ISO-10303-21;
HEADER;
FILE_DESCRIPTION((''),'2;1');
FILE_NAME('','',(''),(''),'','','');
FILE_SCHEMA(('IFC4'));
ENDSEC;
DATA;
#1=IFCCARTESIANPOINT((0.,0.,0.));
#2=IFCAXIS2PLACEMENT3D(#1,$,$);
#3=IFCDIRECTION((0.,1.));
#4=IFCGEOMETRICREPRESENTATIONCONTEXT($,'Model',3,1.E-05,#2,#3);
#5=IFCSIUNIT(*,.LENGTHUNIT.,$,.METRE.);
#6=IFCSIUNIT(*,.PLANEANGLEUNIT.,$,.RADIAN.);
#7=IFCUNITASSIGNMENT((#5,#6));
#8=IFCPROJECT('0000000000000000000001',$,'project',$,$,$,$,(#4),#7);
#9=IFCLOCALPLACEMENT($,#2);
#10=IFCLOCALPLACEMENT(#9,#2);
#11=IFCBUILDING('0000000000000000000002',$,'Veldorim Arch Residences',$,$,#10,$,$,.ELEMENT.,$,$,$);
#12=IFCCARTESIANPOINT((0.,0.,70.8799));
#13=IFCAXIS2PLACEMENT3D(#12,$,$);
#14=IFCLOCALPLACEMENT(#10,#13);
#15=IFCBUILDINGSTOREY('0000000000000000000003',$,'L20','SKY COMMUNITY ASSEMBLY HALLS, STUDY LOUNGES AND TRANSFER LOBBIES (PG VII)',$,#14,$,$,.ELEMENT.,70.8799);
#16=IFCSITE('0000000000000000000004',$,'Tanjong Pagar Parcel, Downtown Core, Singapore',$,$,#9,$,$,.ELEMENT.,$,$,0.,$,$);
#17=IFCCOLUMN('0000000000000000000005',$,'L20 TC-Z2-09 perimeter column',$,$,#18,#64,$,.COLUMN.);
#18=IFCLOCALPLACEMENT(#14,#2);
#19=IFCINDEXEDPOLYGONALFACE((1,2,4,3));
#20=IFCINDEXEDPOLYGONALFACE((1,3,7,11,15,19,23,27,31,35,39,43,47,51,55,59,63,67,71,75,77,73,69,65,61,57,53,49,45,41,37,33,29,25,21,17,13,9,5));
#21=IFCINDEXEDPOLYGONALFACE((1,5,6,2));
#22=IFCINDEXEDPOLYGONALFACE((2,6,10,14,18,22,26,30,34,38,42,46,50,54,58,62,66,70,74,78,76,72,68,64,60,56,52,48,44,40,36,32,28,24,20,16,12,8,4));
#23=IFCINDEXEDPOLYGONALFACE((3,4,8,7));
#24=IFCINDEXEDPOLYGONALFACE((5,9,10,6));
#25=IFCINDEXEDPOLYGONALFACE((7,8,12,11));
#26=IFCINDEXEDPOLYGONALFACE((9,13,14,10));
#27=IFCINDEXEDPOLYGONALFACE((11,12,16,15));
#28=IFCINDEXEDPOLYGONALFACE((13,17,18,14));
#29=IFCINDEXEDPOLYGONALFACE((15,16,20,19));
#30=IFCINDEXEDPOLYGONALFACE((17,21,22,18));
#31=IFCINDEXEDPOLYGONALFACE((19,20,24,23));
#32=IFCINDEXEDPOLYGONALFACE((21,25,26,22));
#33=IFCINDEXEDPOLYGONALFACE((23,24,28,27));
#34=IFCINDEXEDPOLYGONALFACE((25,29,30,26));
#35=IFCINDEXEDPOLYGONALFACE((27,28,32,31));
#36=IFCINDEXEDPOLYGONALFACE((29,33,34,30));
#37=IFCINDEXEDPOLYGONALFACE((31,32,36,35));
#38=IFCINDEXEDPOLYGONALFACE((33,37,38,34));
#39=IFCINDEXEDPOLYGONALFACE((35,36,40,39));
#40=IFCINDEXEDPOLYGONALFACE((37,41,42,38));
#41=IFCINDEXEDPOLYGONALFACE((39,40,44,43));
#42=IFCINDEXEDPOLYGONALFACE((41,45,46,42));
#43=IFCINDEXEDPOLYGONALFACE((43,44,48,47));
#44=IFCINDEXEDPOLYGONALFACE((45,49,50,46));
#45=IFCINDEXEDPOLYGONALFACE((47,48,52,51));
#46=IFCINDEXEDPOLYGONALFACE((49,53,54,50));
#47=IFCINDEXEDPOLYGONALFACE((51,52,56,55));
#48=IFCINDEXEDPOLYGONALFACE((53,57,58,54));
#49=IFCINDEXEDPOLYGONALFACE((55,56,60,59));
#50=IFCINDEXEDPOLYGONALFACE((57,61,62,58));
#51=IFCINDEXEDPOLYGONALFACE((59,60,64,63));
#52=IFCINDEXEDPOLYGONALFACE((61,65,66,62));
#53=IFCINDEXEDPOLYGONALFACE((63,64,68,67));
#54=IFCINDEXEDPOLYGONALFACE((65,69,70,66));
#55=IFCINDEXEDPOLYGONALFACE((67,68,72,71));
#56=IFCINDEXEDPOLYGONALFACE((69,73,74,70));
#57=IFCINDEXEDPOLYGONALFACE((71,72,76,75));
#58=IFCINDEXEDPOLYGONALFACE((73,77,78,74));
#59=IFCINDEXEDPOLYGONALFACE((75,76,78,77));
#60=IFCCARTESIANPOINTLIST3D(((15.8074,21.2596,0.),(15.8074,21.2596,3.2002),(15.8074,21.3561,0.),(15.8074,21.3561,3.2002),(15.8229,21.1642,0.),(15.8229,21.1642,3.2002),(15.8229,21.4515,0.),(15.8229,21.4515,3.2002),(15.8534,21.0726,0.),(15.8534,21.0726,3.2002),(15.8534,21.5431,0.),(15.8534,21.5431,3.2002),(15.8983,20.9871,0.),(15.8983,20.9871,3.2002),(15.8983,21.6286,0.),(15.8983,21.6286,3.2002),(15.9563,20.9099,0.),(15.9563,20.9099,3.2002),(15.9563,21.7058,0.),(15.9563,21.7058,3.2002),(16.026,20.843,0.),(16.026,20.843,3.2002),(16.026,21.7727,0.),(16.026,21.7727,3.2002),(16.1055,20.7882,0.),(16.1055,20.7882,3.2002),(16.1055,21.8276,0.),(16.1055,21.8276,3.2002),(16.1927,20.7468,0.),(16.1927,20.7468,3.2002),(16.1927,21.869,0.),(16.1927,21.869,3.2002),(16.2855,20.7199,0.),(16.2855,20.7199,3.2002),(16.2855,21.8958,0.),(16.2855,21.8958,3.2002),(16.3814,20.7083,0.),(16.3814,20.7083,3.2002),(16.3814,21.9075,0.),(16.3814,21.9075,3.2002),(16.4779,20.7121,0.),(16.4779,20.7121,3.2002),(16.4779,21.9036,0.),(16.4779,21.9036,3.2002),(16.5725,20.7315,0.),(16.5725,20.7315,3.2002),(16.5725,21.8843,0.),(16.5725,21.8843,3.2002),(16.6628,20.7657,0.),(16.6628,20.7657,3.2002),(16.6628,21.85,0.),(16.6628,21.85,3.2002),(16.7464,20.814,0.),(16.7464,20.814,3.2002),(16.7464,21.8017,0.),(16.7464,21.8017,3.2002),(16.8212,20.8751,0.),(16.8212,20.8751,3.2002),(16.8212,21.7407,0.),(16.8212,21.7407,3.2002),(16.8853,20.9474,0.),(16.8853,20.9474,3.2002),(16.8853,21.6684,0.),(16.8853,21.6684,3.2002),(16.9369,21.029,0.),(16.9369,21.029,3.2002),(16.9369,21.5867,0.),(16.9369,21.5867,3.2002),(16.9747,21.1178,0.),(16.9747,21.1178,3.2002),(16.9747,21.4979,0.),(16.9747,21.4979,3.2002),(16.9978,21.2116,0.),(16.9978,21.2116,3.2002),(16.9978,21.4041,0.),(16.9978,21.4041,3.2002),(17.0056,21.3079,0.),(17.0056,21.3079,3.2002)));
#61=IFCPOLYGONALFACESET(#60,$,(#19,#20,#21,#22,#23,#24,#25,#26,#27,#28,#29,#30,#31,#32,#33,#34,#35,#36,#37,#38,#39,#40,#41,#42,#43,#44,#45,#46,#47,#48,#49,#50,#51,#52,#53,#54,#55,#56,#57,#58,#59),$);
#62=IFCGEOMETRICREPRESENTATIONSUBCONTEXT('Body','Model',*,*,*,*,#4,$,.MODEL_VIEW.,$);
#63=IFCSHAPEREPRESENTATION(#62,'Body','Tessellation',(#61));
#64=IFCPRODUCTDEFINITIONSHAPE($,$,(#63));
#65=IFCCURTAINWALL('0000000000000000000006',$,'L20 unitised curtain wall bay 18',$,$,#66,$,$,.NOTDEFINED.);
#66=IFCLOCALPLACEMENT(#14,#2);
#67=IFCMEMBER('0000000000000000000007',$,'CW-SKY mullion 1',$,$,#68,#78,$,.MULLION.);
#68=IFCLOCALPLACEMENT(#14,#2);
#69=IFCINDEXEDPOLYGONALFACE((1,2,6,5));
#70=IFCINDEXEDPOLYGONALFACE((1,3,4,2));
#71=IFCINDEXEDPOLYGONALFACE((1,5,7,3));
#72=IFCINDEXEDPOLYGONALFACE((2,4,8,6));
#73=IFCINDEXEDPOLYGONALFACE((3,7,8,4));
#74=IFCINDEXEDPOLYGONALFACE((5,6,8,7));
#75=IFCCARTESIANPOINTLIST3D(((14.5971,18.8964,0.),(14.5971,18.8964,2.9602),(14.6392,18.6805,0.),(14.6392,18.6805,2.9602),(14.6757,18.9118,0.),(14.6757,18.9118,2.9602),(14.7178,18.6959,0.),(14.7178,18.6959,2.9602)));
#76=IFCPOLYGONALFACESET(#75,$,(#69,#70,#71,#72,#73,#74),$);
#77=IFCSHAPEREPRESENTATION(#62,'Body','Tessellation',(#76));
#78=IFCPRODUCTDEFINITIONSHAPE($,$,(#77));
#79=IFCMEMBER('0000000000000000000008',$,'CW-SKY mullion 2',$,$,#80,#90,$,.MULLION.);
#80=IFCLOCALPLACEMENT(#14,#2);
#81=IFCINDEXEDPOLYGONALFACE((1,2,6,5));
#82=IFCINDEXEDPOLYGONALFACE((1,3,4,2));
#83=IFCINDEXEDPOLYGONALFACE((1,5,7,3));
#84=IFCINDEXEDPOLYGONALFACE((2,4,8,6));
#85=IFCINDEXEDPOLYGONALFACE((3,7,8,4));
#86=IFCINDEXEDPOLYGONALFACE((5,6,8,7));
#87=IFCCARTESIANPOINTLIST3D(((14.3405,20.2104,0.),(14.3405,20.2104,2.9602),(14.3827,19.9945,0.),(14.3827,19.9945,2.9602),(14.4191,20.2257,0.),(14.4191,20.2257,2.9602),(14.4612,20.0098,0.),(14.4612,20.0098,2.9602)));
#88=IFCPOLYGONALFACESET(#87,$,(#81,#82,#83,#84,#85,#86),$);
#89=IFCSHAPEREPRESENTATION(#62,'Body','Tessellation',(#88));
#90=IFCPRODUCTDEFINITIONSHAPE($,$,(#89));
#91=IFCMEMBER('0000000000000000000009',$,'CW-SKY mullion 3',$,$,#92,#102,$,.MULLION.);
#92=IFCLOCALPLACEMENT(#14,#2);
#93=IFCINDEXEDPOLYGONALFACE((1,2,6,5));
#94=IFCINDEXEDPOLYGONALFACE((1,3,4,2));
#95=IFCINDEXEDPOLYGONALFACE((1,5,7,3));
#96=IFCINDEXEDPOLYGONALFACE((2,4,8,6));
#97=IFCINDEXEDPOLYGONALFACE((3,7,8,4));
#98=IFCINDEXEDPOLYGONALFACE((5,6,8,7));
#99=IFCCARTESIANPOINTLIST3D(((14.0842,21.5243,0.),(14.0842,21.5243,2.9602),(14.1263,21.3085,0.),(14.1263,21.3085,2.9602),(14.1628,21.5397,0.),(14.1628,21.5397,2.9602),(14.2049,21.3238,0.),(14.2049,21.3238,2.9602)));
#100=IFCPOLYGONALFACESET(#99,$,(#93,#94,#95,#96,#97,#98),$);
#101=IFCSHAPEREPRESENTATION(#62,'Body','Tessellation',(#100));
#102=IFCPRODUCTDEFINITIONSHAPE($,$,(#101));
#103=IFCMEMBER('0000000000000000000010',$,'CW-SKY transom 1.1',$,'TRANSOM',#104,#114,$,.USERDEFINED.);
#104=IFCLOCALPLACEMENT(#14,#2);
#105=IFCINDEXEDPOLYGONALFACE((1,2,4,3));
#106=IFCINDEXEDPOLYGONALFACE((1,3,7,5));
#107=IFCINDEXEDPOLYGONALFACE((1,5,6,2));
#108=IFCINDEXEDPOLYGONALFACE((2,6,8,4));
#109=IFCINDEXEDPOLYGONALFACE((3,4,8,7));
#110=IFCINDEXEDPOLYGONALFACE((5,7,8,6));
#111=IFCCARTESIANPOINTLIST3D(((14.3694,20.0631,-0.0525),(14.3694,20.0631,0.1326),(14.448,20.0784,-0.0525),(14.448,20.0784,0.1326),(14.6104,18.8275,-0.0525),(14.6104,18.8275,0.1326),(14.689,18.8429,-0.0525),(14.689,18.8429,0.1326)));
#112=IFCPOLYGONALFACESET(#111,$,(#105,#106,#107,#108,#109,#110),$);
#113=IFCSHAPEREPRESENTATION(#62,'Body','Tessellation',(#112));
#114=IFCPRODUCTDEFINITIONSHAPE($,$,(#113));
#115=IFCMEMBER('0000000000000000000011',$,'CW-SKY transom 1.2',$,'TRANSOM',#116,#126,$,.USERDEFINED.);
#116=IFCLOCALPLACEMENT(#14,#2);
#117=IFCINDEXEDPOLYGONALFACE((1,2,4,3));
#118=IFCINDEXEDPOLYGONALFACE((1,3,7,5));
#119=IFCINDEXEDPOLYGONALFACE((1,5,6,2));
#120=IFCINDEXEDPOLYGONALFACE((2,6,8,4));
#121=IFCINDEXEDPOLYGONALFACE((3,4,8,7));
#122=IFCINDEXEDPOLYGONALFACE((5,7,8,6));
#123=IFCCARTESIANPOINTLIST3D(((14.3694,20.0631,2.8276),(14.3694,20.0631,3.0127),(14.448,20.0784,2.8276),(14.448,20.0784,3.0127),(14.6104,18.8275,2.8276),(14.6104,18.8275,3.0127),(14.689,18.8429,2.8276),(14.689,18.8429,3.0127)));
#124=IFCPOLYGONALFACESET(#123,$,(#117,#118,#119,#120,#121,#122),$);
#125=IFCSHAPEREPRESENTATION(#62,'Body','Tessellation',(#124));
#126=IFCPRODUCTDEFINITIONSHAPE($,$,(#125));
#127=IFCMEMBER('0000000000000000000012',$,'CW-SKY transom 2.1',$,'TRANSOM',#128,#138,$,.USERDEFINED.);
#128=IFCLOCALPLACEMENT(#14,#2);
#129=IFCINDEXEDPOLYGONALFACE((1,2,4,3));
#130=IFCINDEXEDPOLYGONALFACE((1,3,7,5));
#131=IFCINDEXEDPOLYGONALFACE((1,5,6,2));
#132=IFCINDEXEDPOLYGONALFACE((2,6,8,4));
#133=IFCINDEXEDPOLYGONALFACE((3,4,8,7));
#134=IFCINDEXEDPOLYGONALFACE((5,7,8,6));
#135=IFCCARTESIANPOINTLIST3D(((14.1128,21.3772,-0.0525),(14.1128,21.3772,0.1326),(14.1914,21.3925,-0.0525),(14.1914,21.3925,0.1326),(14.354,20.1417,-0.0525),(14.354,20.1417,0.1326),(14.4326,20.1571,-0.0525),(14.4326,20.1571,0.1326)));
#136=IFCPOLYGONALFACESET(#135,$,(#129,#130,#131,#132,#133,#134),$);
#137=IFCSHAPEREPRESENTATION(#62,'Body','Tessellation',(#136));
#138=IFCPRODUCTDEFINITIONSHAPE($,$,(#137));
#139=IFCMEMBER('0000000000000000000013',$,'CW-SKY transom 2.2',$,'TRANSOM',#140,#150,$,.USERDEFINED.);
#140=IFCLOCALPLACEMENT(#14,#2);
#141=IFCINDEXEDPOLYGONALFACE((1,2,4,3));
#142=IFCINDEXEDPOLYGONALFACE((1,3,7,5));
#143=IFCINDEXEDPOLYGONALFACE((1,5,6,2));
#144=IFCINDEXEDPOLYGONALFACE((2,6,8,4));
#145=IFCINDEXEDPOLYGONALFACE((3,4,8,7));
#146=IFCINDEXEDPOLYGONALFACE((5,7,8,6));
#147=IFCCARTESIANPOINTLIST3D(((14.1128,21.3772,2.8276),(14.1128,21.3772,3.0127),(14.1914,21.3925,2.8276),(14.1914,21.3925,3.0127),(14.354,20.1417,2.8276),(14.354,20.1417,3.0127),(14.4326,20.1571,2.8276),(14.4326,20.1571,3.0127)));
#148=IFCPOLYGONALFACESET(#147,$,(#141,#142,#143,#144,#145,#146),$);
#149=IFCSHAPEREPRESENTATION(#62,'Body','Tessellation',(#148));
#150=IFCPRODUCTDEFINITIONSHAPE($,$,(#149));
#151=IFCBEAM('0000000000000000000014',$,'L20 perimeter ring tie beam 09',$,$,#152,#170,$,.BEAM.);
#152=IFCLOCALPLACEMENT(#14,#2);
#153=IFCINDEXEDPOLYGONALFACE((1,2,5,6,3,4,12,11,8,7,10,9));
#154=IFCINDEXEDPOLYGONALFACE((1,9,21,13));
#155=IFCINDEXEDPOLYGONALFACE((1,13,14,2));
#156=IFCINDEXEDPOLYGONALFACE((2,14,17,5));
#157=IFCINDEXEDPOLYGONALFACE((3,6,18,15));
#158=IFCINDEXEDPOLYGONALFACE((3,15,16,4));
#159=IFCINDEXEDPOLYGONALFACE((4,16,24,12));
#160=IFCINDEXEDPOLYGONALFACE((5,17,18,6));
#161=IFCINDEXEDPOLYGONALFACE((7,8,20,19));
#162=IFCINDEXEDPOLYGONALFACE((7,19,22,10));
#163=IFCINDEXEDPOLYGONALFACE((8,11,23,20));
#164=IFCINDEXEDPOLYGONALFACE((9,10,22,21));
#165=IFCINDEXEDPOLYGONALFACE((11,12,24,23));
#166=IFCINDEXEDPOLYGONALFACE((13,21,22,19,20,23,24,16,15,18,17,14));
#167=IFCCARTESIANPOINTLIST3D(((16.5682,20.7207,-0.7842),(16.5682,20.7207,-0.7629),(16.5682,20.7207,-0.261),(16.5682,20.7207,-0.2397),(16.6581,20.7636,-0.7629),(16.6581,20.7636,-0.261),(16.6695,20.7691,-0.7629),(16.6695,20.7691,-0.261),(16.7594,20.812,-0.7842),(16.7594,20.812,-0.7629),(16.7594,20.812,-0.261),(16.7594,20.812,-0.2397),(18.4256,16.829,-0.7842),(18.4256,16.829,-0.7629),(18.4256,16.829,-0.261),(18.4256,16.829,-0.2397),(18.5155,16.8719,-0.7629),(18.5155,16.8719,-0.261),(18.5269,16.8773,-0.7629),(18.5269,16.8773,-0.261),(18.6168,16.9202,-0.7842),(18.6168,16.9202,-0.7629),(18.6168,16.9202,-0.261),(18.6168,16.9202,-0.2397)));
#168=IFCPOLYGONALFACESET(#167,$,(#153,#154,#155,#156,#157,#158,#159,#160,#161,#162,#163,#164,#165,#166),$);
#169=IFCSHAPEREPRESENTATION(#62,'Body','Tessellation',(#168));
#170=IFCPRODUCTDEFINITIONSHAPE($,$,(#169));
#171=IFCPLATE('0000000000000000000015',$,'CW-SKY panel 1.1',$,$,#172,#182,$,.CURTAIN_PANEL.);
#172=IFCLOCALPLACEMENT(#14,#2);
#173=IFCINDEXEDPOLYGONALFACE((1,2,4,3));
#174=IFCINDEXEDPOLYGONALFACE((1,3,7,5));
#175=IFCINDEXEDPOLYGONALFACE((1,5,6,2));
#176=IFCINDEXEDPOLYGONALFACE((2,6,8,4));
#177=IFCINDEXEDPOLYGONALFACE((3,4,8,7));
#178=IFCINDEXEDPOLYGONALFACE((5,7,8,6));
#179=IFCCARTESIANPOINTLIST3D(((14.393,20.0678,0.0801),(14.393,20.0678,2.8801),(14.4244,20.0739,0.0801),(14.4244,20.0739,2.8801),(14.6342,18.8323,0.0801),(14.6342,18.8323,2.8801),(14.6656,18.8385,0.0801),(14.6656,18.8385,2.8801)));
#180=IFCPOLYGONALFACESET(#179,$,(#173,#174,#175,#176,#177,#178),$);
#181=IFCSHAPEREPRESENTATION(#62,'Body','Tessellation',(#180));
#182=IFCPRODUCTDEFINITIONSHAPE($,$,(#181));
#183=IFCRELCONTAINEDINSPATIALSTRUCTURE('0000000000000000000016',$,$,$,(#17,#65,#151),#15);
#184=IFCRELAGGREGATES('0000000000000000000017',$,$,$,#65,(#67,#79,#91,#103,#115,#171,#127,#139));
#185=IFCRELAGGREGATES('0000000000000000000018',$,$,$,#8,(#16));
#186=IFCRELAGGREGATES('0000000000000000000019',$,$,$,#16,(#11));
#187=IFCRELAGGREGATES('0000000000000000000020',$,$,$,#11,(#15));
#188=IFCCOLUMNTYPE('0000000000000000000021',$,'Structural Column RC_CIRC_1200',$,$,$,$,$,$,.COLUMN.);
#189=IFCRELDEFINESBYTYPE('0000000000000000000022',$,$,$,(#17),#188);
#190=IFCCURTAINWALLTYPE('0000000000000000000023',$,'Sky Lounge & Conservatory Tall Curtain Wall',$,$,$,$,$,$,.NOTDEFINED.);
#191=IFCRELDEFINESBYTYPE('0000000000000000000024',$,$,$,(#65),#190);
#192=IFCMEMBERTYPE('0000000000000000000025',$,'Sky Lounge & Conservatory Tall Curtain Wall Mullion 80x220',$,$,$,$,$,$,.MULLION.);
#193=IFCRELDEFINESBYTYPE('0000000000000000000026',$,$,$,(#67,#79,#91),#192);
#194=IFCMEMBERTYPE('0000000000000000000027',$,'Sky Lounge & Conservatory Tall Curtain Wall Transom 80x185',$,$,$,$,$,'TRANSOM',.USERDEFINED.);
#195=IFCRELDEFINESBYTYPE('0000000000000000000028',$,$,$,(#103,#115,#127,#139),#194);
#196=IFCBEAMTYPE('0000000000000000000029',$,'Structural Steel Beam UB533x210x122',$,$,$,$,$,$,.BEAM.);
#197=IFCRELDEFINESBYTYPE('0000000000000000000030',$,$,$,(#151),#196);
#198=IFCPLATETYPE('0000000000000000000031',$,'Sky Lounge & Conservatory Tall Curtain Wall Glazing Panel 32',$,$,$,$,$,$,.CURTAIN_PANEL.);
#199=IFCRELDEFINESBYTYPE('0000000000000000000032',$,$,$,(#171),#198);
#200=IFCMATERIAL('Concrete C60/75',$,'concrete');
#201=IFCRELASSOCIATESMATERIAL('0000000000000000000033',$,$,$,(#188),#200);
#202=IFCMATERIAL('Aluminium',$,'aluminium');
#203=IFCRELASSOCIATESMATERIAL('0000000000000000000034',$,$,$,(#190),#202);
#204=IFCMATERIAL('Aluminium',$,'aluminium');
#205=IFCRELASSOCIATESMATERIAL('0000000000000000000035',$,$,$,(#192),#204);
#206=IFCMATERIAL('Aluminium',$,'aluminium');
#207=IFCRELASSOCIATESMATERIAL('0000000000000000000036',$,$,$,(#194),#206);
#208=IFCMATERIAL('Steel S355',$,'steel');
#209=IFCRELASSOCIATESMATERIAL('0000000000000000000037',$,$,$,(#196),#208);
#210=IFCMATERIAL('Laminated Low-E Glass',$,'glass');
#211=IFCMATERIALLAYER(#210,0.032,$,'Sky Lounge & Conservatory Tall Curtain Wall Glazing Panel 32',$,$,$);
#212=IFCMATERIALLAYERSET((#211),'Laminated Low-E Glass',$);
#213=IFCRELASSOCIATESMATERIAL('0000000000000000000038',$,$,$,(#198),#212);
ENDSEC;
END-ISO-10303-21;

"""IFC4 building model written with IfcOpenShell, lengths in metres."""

from ifc_helpers import new_model, si_unit, direction, frame, origin, origin_2d, place, context, subcontext, project, spatial, rectangle, circle, i_section, extrude, material, layer, layer_set, material_profile, profile_set, type_object, element, aggregate, save


model = new_model("IFC4")

# Units and contexts
model_context = context("Model", 3, precision=1e-05, world=origin(), true_north=direction((0.0, 1.0)))
body_context = subcontext(model_context, "Body", "Model", "MODEL_VIEW")
ifc_project = project(units=[si_unit("LENGTHUNIT", "METRE"), si_unit("PLANEANGLEUNIT", "RADIAN")], contexts=[model_context])

# Site, building, storey
site_placement = place(None, origin())
site = spatial("IfcSite", under=ifc_project, at=site_placement, Name="Tanjong Pagar Parcel, Downtown Core, Singapore", CompositionType="ELEMENT", RefElevation=0.0)
building_placement = place(site_placement, origin())
building = spatial("IfcBuilding", under=site, at=building_placement, Name="Veldorim Arch Residences", CompositionType="ELEMENT")
storey_placement = place(building_placement, frame((0.0, 0.0, 70.8799)))
storey = spatial("IfcBuildingStorey", under=building, at=storey_placement, Name="L20", Description="SKY COMMUNITY ASSEMBLY HALLS, STUDY LOUNGES AND TRANSFER LOBBIES (PG VII)", CompositionType="ELEMENT", Elevation=70.8799)

# Column
ifc_material_1 = material(Name="Concrete C60/75", Category="concrete")
ifc_material_profile_1 = material_profile(ifc_material_1, circle(Radius=0.6001, at=origin_2d()), Name="RC_CIRC_1200")
ifc_profile_set_1 = profile_set([ifc_material_profile_1], Name="Concrete C60/75")
column_type = type_object("IfcColumnType", Name="Structural Column RC_CIRC_1200", PredefinedType="COLUMN", material=ifc_profile_set_1)
column_placement = place(storey_placement, frame((16.4055, 21.3079, 0.0), z_axis=(0.0, 0.0, 1.0), x_axis=(1.0, 0.0, 0.0)))
element("IfcColumn", 1, at=column_placement, inside=storey, type_object=column_type, Name="L20 TC-Z2-09 perimeter column", PredefinedType="COLUMN", context=body_context, shape_type="SweptSolid", body=[
    extrude(circle(Radius=0.6001, at=origin_2d()), origin(), (0.0, 0.0, 1.0), 3.2002),
])

# Curtain wall, members
ifc_material_2 = material(Name="Aluminium", Category="aluminium")
curtain_wall_type = type_object("IfcCurtainWallType", Name="Sky Lounge & Conservatory Tall Curtain Wall", PredefinedType="NOTDEFINED", material=ifc_material_2)
curtain_wall_placement = place(storey_placement, origin())
curtain_wall = element("IfcCurtainWall", 2, at=curtain_wall_placement, inside=storey, type_object=curtain_wall_type, Name="L20 unitised curtain wall bay 18", PredefinedType="NOTDEFINED")
ifc_material_3 = material(Name="Aluminium", Category="aluminium")
ifc_material_profile_2 = material_profile(ifc_material_3, rectangle(XDim=0.0801, YDim=0.22, at=origin_2d()), Name="ALU_MUL_80x220")
ifc_profile_set_2 = profile_set([ifc_material_profile_2], Name="Aluminium")
member_type_1 = type_object("IfcMemberType", Name="Sky Lounge & Conservatory Tall Curtain Wall Mullion 80x220", PredefinedType="MULLION", material=ifc_profile_set_2)
member_1_placement = place(storey_placement, frame((14.6575, 18.7961, 0.0), z_axis=(0.0, 0.0, 1.0), x_axis=(-0.981477, -0.191581, 0.0)))
member_1 = element("IfcMember", 3, at=member_1_placement, type_object=member_type_1, Name="CW-SKY mullion 1", PredefinedType="MULLION", context=body_context, shape_type="SweptSolid", body=[
    extrude(rectangle(XDim=0.0801, YDim=0.22, at=origin_2d()), origin(), (0.0, 0.0, 1.0), 2.9602),
])
member_2_placement = place(storey_placement, frame((14.4009, 20.1101, 0.0), z_axis=(0.0, 0.0, 1.0), x_axis=(-0.981477, -0.191581, 0.0)))
member_2 = element("IfcMember", 4, at=member_2_placement, type_object=member_type_1, Name="CW-SKY mullion 2", PredefinedType="MULLION", context=body_context, shape_type="SweptSolid", body=[
    extrude(rectangle(XDim=0.0801, YDim=0.22, at=origin_2d()), origin(), (0.0, 0.0, 1.0), 2.9602),
])
member_3_placement = place(storey_placement, frame((14.1445, 21.4241, 0.0), z_axis=(0.0, 0.0, 1.0), x_axis=(-0.981477, -0.191581, 0.0)))
member_3 = element("IfcMember", 5, at=member_3_placement, type_object=member_type_1, Name="CW-SKY mullion 3", PredefinedType="MULLION", context=body_context, shape_type="SweptSolid", body=[
    extrude(rectangle(XDim=0.0801, YDim=0.22, at=origin_2d()), origin(), (0.0, 0.0, 1.0), 2.9602),
])
ifc_material_4 = material(Name="Aluminium", Category="aluminium")
ifc_material_profile_3 = material_profile(ifc_material_4, rectangle(XDim=0.0801, YDim=0.1851, at=origin_2d()), Name="ALU_TRN_80x185")
ifc_profile_set_3 = profile_set([ifc_material_profile_3], Name="Aluminium")
member_type_2 = type_object("IfcMemberType", Name="Sky Lounge & Conservatory Tall Curtain Wall Transom 80x185", ElementType="TRANSOM", PredefinedType="USERDEFINED", material=ifc_profile_set_3)
member_4_placement = place(storey_placement, frame((14.6497, 18.8352, 0.04), z_axis=(-0.191415, 0.981509, 0.0), x_axis=(-0.981509, -0.191415, 0.0)))
member_4 = element("IfcMember", 6, at=member_4_placement, type_object=member_type_2, Name="CW-SKY transom 1.1", ObjectType="TRANSOM", PredefinedType="USERDEFINED", context=body_context, shape_type="SweptSolid", body=[
    extrude(rectangle(XDim=0.0801, YDim=0.1851, at=origin_2d()), origin(), (0.0, 0.0, 1.0), 1.2588),
])
member_5_placement = place(storey_placement, frame((14.6497, 18.8352, 2.9202), z_axis=(-0.191415, 0.981509, 0.0), x_axis=(-0.981509, -0.191415, 0.0)))
member_5 = element("IfcMember", 7, at=member_5_placement, type_object=member_type_2, Name="CW-SKY transom 1.2", ObjectType="TRANSOM", PredefinedType="USERDEFINED", context=body_context, shape_type="SweptSolid", body=[
    extrude(rectangle(XDim=0.0801, YDim=0.1851, at=origin_2d()), origin(), (0.0, 0.0, 1.0), 1.2588),
])
member_6_placement = place(storey_placement, frame((14.3933, 20.1494, 0.04), z_axis=(-0.191638, 0.981466, 0.0), x_axis=(-0.981466, -0.191638, 0.0)))
member_6 = element("IfcMember", 8, at=member_6_placement, type_object=member_type_2, Name="CW-SKY transom 2.1", ObjectType="TRANSOM", PredefinedType="USERDEFINED", context=body_context, shape_type="SweptSolid", body=[
    extrude(rectangle(XDim=0.0801, YDim=0.1851, at=origin_2d()), origin(), (0.0, 0.0, 1.0), 1.2588),
])
member_7_placement = place(storey_placement, frame((14.3933, 20.1494, 2.9202), z_axis=(-0.191638, 0.981466, 0.0), x_axis=(-0.981466, -0.191638, 0.0)))
member_7 = element("IfcMember", 9, at=member_7_placement, type_object=member_type_2, Name="CW-SKY transom 2.2", ObjectType="TRANSOM", PredefinedType="USERDEFINED", context=body_context, shape_type="SweptSolid", body=[
    extrude(rectangle(XDim=0.0801, YDim=0.1851, at=origin_2d()), origin(), (0.0, 0.0, 1.0), 1.2588),
])

# Beam
ifc_material_5 = material(Name="Steel S355", Category="steel")
ifc_material_profile_4 = material_profile(ifc_material_5, i_section(OverallWidth=0.2119, OverallDepth=0.5444, WebThickness=0.0127, FlangeThickness=0.0212, at=origin_2d()), Name="UB533x210x122")
ifc_profile_set_4 = profile_set([ifc_material_profile_4], Name="Steel S355")
beam_type = type_object("IfcBeamType", Name="Structural Steel Beam UB533x210x122", PredefinedType="BEAM", material=ifc_profile_set_4)
beam_placement = place(storey_placement, frame((16.6638, 20.7664, -0.512), z_axis=(0.43072, -0.902486, 0.0), x_axis=(0.902486, 0.43072, 0.0)))
element("IfcBeam", 10, at=beam_placement, inside=storey, type_object=beam_type, Name="L20 perimeter ring tie beam 09", PredefinedType="BEAM", context=body_context, shape_type="SweptSolid", body=[
    extrude(i_section(OverallWidth=0.2119, OverallDepth=0.5444, WebThickness=0.0127, FlangeThickness=0.0212, at=origin_2d()), origin(), (0.0, 0.0, 1.0), 4.3123),
])

# Plate
ifc_material_6 = material(Name="Laminated Low-E Glass", Category="glass")
ifc_layer_1 = layer(ifc_material_6, 0.032, Name="Sky Lounge & Conservatory Tall Curtain Wall Glazing Panel 32")
ifc_layer_set_1 = layer_set([ifc_layer_1], Name="Laminated Low-E Glass")
plate_type = type_object("IfcPlateType", Name="Sky Lounge & Conservatory Tall Curtain Wall Glazing Panel 32", PredefinedType="CURTAIN_PANEL", material=ifc_layer_set_1)
plate_1_placement = place(storey_placement, frame((14.5293, 19.4531, 0.0801), z_axis=(0.0, 0.0, 1.0), x_axis=(-0.191581, 0.981477, 0.0)))
plate_1 = element("IfcPlate", 11, at=plate_1_placement, type_object=plate_type, Name="CW-SKY panel 1.1", PredefinedType="CURTAIN_PANEL", context=body_context, shape_type="SweptSolid", body=[
    extrude(rectangle(XDim=1.2588, YDim=0.032, at=origin_2d()), origin(), (0.0, 0.0, 1.0), 2.8),
])
aggregate(curtain_wall, [member_1, member_2, member_3, member_4, member_5, plate_1, member_6, member_7])

save(model, "model.ifc")
